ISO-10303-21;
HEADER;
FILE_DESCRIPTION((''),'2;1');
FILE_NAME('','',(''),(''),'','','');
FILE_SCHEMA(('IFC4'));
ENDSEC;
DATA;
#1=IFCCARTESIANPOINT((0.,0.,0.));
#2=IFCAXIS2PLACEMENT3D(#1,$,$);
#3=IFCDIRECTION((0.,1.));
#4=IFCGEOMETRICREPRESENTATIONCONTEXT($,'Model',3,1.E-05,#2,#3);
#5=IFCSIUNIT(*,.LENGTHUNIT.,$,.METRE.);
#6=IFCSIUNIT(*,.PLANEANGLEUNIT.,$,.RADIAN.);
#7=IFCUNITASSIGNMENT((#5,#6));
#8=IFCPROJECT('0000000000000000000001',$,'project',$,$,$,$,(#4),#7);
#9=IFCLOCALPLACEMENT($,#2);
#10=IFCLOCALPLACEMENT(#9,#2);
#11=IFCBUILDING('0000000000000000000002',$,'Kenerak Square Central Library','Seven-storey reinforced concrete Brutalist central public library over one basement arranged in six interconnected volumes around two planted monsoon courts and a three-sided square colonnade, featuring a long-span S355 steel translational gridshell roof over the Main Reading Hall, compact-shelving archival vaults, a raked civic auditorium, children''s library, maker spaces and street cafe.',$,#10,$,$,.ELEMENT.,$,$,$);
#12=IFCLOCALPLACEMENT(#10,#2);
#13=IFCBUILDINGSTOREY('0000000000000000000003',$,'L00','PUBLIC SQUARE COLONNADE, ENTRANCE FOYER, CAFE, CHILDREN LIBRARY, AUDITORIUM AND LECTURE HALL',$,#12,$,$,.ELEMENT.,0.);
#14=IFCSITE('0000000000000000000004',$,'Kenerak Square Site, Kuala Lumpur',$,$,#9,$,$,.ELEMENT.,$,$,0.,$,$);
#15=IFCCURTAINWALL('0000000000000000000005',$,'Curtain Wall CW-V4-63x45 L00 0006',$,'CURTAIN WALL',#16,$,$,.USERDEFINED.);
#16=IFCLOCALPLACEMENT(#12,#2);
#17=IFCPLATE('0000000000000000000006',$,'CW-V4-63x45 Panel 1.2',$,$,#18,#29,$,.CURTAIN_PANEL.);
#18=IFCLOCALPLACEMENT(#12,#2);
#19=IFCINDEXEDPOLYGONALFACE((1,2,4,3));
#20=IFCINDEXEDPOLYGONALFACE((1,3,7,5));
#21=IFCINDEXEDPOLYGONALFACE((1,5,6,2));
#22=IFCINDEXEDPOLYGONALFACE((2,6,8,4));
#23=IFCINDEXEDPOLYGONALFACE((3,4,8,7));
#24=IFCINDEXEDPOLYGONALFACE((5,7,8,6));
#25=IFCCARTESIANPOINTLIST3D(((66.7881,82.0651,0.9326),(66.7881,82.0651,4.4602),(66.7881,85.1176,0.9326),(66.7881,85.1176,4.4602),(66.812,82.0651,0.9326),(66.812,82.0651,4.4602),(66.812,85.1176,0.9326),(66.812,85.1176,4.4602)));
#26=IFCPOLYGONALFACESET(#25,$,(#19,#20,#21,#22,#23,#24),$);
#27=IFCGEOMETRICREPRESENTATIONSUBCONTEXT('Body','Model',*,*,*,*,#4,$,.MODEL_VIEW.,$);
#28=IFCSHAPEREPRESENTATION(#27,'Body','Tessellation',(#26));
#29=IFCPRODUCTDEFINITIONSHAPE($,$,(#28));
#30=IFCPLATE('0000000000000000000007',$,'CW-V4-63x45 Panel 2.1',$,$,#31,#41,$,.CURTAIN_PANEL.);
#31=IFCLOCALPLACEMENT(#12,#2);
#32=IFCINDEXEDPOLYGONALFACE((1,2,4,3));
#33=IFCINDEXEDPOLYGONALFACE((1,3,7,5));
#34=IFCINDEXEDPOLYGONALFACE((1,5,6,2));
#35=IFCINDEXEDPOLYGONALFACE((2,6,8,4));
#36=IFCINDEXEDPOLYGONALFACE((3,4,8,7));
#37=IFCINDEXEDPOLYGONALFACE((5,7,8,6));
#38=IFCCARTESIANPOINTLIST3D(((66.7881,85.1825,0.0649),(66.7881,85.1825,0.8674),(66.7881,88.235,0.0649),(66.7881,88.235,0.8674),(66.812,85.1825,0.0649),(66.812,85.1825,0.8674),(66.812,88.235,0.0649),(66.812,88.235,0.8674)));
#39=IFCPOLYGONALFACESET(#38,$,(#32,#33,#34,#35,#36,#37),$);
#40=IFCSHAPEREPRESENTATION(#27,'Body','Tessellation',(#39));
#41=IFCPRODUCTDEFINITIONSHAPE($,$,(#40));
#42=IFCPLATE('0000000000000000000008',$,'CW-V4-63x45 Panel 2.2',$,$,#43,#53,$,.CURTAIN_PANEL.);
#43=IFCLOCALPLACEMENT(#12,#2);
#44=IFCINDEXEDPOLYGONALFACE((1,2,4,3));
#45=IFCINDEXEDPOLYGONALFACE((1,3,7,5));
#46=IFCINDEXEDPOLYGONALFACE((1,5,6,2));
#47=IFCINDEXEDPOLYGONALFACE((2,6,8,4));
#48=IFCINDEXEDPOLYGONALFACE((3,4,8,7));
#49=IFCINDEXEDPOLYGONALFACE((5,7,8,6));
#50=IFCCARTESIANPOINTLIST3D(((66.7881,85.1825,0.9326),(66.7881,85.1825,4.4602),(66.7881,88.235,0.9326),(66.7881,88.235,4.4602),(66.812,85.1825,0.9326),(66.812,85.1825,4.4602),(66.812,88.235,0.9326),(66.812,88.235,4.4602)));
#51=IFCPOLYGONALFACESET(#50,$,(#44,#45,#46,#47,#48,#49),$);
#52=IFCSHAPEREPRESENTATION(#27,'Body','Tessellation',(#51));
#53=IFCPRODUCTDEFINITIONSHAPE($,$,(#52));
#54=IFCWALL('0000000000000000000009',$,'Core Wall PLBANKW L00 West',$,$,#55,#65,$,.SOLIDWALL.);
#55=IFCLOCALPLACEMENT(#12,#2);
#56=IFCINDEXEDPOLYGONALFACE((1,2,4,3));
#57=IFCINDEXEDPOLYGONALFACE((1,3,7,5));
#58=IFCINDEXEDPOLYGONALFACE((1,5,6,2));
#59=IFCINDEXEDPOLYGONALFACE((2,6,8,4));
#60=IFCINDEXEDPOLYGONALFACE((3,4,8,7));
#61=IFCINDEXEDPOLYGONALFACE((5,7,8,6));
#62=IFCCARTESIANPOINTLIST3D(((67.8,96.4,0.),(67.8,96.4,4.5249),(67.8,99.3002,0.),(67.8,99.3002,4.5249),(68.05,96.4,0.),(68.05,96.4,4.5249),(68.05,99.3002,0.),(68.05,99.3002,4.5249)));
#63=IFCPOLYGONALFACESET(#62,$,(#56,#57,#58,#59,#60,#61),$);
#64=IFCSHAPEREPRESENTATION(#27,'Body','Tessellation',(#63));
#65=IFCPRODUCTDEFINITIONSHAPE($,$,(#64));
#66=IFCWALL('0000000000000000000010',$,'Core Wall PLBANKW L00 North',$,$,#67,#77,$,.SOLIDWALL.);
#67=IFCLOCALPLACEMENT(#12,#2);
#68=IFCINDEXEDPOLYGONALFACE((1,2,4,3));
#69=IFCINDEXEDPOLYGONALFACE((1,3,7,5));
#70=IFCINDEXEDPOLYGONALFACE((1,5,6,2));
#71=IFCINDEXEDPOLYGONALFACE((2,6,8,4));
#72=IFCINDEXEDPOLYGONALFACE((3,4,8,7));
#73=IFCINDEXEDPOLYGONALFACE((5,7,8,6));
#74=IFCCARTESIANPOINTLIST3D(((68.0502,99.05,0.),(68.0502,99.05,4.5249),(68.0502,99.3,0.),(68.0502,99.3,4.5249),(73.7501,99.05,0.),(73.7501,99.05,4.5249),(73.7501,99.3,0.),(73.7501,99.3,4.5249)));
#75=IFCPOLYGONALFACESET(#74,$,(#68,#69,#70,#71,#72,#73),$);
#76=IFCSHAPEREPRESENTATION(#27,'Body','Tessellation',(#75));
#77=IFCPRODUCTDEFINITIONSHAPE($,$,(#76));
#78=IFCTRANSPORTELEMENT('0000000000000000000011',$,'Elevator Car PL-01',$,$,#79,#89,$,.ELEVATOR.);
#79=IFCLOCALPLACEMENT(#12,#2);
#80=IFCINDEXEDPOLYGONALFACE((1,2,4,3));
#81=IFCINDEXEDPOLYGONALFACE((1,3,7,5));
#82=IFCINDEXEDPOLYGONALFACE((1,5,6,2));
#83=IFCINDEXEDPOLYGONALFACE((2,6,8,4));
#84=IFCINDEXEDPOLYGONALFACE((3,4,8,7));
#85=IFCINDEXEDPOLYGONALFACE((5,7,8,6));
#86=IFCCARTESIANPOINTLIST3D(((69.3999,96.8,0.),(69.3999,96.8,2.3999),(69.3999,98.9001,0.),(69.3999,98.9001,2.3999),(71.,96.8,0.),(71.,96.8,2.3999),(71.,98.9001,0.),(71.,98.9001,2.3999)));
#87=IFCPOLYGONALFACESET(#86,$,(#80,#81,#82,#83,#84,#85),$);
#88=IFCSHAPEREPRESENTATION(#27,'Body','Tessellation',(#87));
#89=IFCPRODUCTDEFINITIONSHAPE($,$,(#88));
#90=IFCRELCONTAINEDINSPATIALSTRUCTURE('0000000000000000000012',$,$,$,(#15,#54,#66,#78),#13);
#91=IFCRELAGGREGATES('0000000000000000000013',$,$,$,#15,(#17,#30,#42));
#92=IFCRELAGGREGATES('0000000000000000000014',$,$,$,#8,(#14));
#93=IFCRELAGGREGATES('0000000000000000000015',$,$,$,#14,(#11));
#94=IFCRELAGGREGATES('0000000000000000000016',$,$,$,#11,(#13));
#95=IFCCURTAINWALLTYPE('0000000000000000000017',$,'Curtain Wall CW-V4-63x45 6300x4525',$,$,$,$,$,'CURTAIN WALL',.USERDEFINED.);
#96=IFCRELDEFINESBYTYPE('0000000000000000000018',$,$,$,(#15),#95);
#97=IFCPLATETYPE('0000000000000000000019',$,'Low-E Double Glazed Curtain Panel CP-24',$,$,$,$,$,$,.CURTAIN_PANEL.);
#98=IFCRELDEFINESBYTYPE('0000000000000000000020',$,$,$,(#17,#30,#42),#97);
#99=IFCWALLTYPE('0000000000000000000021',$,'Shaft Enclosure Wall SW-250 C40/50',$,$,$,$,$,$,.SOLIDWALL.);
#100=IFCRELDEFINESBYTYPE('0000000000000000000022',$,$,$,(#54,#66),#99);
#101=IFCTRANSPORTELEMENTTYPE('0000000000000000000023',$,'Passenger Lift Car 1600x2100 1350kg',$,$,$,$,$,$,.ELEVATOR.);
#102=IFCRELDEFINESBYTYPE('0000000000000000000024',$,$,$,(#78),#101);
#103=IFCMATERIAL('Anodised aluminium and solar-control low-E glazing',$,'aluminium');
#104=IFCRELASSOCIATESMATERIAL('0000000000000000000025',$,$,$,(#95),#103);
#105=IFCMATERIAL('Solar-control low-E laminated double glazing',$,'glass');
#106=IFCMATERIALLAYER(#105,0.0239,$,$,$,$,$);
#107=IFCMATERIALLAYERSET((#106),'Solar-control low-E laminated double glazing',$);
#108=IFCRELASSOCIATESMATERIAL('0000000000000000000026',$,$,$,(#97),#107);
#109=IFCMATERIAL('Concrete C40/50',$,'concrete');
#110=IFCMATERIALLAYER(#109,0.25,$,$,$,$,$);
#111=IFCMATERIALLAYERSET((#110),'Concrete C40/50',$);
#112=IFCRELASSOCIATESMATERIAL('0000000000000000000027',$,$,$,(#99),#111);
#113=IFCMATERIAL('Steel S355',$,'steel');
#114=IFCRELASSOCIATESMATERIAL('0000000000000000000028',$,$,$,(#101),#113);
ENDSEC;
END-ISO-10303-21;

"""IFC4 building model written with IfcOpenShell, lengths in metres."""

from ifc_helpers import new_model, si_unit, direction, frame, frame_2d, origin, origin_2d, place, context, subcontext, project, spatial, rectangle, extrude, material, layer, layer_set, type_object, element, aggregate, save


model = new_model("IFC4")

# Units and contexts
model_context = context("Model", 3, precision=1e-05, world=origin(), true_north=direction((0.0, 1.0)))
body_context = subcontext(model_context, "Body", "Model", "MODEL_VIEW")
ifc_project = project(units=[si_unit("LENGTHUNIT", "METRE"), si_unit("PLANEANGLEUNIT", "RADIAN")], contexts=[model_context])

# Site, building, storey
site_placement = place(None, origin())
site = spatial("IfcSite", under=ifc_project, at=site_placement, Name="Kenerak Square Site, Kuala Lumpur", CompositionType="ELEMENT", RefElevation=0.0)
building_placement = place(site_placement, origin())
building = spatial("IfcBuilding", under=site, at=building_placement, Name="Kenerak Square Central Library", Description="Seven-storey reinforced concrete Brutalist central public library over one basement arranged in six interconnected volumes around two planted monsoon courts and a three-sided square colonnade, featuring a long-span S355 steel translational gridshell roof over the Main Reading Hall, compact-shelving archival vaults, a raked civic auditorium, children's library, maker spaces and street cafe.", CompositionType="ELEMENT")
storey_placement = place(building_placement, origin())
storey = spatial("IfcBuildingStorey", under=building, at=storey_placement, Name="L00", Description="PUBLIC SQUARE COLONNADE, ENTRANCE FOYER, CAFE, CHILDREN LIBRARY, AUDITORIUM AND LECTURE HALL", CompositionType="ELEMENT", Elevation=0.0)

# Curtain wall
ifc_material_1 = material(Name="Anodised aluminium and solar-control low-E glazing", Category="aluminium")
curtain_wall_type = type_object("IfcCurtainWallType", Name="Curtain Wall CW-V4-63x45 6300x4525", ElementType="CURTAIN WALL", PredefinedType="USERDEFINED", material=ifc_material_1)
curtain_wall_placement = place(storey_placement, origin())
curtain_wall = element("IfcCurtainWall", 1, at=curtain_wall_placement, inside=storey, type_object=curtain_wall_type, Name="Curtain Wall CW-V4-63x45 L00 0006", ObjectType="CURTAIN WALL", PredefinedType="USERDEFINED")

# Shared definitions
ifc_material_2 = material(Name="Concrete C40/50", Category="concrete")

# Plates
ifc_material_3 = material(Name="Solar-control low-E laminated double glazing", Category="glass")
ifc_layer_1 = layer(ifc_material_3, 0.0239)
ifc_layer_set_1 = layer_set([ifc_layer_1], Name="Solar-control low-E laminated double glazing")
plate_type = type_object("IfcPlateType", Name="Low-E Double Glazed Curtain Panel CP-24", PredefinedType="CURTAIN_PANEL", material=ifc_layer_set_1)
plate_1_placement = place(storey_placement, frame((66.8, 83.5913, 0.9326), z_axis=(0.0, 0.0, 1.0), x_axis=(0.0, 1.0, 0.0)))
plate_1 = element("IfcPlate", 2, at=plate_1_placement, type_object=plate_type, Name="CW-V4-63x45 Panel 1.2", PredefinedType="CURTAIN_PANEL", context=body_context, shape_type="SweptSolid", body=[
    extrude(rectangle(XDim=3.0525, YDim=0.0239, at=origin_2d()), origin(), (0.0, 0.0, 1.0), 3.5276),
])
plate_2_placement = place(storey_placement, frame((66.8, 86.7087, 0.0649), z_axis=(0.0, 0.0, 1.0), x_axis=(0.0, 1.0, 0.0)))
plate_2 = element("IfcPlate", 3, at=plate_2_placement, type_object=plate_type, Name="CW-V4-63x45 Panel 2.1", PredefinedType="CURTAIN_PANEL", context=body_context, shape_type="SweptSolid", body=[
    extrude(rectangle(XDim=3.0525, YDim=0.0239, at=origin_2d()), origin(), (0.0, 0.0, 1.0), 0.8025),
])
plate_3_placement = place(storey_placement, frame((66.8, 86.7087, 0.9326), z_axis=(0.0, 0.0, 1.0), x_axis=(0.0, 1.0, 0.0)))
plate_3 = element("IfcPlate", 4, at=plate_3_placement, type_object=plate_type, Name="CW-V4-63x45 Panel 2.2", PredefinedType="CURTAIN_PANEL", context=body_context, shape_type="SweptSolid", body=[
    extrude(rectangle(XDim=3.0525, YDim=0.0239, at=origin_2d()), origin(), (0.0, 0.0, 1.0), 3.5276),
])
aggregate(curtain_wall, [plate_1, plate_2, plate_3])

# Wall
ifc_layer_2 = layer(ifc_material_2, 0.25)
ifc_layer_set_2 = layer_set([ifc_layer_2], Name="Concrete C40/50")
wall_type = type_object("IfcWallType", Name="Shaft Enclosure Wall SW-250 C40/50", PredefinedType="SOLIDWALL", material=ifc_layer_set_2)
wall_1_placement = place(storey_placement, frame((67.925, 96.3999, 0.0), z_axis=(0.0, 0.0, 1.0), x_axis=(0.0, 1.0, 0.0)))
element("IfcWall", 5, at=wall_1_placement, inside=storey, type_object=wall_type, Name="Core Wall PLBANKW L00 West", PredefinedType="SOLIDWALL", context=body_context, shape_type="SweptSolid", body=[
    extrude(rectangle(XDim=2.9001, YDim=0.25, at=frame_2d((1.4502, 0.0))), origin(), (0.0, 0.0, 1.0), 4.5249),
])

# Shared definitions
ifc_material_4 = material(Name="Steel S355", Category="steel")

# Wall
wall_2_placement = place(storey_placement, frame((68.05, 99.175, 0.0), z_axis=(0.0, 0.0, 1.0), x_axis=(1.0, 0.0, 0.0)))
element("IfcWall", 6, at=wall_2_placement, inside=storey, type_object=wall_type, Name="Core Wall PLBANKW L00 North", PredefinedType="SOLIDWALL", context=body_context, shape_type="SweptSolid", body=[
    extrude(rectangle(XDim=5.7, YDim=0.25, at=frame_2d((2.8501, 0.0))), origin(), (0.0, 0.0, 1.0), 4.5249),
])

# Transport element
transport_element_type = type_object("IfcTransportElementType", Name="Passenger Lift Car 1600x2100 1350kg", PredefinedType="ELEVATOR", material=ifc_material_4)
transport_element_placement = place(storey_placement, frame((70.2, 97.8501, 0.0), z_axis=(0.0, 0.0, 1.0), x_axis=(1.0, 0.0, 0.0)))
element("IfcTransportElement", 7, at=transport_element_placement, inside=storey, type_object=transport_element_type, Name="Elevator Car PL-01", PredefinedType="ELEVATOR", context=body_context, shape_type="SweptSolid", body=[
    extrude(rectangle(XDim=1.6001, YDim=2.1001, at=origin_2d()), origin(), (0.0, 0.0, 1.0), 2.3999),
])

save(model, "model.ifc")
